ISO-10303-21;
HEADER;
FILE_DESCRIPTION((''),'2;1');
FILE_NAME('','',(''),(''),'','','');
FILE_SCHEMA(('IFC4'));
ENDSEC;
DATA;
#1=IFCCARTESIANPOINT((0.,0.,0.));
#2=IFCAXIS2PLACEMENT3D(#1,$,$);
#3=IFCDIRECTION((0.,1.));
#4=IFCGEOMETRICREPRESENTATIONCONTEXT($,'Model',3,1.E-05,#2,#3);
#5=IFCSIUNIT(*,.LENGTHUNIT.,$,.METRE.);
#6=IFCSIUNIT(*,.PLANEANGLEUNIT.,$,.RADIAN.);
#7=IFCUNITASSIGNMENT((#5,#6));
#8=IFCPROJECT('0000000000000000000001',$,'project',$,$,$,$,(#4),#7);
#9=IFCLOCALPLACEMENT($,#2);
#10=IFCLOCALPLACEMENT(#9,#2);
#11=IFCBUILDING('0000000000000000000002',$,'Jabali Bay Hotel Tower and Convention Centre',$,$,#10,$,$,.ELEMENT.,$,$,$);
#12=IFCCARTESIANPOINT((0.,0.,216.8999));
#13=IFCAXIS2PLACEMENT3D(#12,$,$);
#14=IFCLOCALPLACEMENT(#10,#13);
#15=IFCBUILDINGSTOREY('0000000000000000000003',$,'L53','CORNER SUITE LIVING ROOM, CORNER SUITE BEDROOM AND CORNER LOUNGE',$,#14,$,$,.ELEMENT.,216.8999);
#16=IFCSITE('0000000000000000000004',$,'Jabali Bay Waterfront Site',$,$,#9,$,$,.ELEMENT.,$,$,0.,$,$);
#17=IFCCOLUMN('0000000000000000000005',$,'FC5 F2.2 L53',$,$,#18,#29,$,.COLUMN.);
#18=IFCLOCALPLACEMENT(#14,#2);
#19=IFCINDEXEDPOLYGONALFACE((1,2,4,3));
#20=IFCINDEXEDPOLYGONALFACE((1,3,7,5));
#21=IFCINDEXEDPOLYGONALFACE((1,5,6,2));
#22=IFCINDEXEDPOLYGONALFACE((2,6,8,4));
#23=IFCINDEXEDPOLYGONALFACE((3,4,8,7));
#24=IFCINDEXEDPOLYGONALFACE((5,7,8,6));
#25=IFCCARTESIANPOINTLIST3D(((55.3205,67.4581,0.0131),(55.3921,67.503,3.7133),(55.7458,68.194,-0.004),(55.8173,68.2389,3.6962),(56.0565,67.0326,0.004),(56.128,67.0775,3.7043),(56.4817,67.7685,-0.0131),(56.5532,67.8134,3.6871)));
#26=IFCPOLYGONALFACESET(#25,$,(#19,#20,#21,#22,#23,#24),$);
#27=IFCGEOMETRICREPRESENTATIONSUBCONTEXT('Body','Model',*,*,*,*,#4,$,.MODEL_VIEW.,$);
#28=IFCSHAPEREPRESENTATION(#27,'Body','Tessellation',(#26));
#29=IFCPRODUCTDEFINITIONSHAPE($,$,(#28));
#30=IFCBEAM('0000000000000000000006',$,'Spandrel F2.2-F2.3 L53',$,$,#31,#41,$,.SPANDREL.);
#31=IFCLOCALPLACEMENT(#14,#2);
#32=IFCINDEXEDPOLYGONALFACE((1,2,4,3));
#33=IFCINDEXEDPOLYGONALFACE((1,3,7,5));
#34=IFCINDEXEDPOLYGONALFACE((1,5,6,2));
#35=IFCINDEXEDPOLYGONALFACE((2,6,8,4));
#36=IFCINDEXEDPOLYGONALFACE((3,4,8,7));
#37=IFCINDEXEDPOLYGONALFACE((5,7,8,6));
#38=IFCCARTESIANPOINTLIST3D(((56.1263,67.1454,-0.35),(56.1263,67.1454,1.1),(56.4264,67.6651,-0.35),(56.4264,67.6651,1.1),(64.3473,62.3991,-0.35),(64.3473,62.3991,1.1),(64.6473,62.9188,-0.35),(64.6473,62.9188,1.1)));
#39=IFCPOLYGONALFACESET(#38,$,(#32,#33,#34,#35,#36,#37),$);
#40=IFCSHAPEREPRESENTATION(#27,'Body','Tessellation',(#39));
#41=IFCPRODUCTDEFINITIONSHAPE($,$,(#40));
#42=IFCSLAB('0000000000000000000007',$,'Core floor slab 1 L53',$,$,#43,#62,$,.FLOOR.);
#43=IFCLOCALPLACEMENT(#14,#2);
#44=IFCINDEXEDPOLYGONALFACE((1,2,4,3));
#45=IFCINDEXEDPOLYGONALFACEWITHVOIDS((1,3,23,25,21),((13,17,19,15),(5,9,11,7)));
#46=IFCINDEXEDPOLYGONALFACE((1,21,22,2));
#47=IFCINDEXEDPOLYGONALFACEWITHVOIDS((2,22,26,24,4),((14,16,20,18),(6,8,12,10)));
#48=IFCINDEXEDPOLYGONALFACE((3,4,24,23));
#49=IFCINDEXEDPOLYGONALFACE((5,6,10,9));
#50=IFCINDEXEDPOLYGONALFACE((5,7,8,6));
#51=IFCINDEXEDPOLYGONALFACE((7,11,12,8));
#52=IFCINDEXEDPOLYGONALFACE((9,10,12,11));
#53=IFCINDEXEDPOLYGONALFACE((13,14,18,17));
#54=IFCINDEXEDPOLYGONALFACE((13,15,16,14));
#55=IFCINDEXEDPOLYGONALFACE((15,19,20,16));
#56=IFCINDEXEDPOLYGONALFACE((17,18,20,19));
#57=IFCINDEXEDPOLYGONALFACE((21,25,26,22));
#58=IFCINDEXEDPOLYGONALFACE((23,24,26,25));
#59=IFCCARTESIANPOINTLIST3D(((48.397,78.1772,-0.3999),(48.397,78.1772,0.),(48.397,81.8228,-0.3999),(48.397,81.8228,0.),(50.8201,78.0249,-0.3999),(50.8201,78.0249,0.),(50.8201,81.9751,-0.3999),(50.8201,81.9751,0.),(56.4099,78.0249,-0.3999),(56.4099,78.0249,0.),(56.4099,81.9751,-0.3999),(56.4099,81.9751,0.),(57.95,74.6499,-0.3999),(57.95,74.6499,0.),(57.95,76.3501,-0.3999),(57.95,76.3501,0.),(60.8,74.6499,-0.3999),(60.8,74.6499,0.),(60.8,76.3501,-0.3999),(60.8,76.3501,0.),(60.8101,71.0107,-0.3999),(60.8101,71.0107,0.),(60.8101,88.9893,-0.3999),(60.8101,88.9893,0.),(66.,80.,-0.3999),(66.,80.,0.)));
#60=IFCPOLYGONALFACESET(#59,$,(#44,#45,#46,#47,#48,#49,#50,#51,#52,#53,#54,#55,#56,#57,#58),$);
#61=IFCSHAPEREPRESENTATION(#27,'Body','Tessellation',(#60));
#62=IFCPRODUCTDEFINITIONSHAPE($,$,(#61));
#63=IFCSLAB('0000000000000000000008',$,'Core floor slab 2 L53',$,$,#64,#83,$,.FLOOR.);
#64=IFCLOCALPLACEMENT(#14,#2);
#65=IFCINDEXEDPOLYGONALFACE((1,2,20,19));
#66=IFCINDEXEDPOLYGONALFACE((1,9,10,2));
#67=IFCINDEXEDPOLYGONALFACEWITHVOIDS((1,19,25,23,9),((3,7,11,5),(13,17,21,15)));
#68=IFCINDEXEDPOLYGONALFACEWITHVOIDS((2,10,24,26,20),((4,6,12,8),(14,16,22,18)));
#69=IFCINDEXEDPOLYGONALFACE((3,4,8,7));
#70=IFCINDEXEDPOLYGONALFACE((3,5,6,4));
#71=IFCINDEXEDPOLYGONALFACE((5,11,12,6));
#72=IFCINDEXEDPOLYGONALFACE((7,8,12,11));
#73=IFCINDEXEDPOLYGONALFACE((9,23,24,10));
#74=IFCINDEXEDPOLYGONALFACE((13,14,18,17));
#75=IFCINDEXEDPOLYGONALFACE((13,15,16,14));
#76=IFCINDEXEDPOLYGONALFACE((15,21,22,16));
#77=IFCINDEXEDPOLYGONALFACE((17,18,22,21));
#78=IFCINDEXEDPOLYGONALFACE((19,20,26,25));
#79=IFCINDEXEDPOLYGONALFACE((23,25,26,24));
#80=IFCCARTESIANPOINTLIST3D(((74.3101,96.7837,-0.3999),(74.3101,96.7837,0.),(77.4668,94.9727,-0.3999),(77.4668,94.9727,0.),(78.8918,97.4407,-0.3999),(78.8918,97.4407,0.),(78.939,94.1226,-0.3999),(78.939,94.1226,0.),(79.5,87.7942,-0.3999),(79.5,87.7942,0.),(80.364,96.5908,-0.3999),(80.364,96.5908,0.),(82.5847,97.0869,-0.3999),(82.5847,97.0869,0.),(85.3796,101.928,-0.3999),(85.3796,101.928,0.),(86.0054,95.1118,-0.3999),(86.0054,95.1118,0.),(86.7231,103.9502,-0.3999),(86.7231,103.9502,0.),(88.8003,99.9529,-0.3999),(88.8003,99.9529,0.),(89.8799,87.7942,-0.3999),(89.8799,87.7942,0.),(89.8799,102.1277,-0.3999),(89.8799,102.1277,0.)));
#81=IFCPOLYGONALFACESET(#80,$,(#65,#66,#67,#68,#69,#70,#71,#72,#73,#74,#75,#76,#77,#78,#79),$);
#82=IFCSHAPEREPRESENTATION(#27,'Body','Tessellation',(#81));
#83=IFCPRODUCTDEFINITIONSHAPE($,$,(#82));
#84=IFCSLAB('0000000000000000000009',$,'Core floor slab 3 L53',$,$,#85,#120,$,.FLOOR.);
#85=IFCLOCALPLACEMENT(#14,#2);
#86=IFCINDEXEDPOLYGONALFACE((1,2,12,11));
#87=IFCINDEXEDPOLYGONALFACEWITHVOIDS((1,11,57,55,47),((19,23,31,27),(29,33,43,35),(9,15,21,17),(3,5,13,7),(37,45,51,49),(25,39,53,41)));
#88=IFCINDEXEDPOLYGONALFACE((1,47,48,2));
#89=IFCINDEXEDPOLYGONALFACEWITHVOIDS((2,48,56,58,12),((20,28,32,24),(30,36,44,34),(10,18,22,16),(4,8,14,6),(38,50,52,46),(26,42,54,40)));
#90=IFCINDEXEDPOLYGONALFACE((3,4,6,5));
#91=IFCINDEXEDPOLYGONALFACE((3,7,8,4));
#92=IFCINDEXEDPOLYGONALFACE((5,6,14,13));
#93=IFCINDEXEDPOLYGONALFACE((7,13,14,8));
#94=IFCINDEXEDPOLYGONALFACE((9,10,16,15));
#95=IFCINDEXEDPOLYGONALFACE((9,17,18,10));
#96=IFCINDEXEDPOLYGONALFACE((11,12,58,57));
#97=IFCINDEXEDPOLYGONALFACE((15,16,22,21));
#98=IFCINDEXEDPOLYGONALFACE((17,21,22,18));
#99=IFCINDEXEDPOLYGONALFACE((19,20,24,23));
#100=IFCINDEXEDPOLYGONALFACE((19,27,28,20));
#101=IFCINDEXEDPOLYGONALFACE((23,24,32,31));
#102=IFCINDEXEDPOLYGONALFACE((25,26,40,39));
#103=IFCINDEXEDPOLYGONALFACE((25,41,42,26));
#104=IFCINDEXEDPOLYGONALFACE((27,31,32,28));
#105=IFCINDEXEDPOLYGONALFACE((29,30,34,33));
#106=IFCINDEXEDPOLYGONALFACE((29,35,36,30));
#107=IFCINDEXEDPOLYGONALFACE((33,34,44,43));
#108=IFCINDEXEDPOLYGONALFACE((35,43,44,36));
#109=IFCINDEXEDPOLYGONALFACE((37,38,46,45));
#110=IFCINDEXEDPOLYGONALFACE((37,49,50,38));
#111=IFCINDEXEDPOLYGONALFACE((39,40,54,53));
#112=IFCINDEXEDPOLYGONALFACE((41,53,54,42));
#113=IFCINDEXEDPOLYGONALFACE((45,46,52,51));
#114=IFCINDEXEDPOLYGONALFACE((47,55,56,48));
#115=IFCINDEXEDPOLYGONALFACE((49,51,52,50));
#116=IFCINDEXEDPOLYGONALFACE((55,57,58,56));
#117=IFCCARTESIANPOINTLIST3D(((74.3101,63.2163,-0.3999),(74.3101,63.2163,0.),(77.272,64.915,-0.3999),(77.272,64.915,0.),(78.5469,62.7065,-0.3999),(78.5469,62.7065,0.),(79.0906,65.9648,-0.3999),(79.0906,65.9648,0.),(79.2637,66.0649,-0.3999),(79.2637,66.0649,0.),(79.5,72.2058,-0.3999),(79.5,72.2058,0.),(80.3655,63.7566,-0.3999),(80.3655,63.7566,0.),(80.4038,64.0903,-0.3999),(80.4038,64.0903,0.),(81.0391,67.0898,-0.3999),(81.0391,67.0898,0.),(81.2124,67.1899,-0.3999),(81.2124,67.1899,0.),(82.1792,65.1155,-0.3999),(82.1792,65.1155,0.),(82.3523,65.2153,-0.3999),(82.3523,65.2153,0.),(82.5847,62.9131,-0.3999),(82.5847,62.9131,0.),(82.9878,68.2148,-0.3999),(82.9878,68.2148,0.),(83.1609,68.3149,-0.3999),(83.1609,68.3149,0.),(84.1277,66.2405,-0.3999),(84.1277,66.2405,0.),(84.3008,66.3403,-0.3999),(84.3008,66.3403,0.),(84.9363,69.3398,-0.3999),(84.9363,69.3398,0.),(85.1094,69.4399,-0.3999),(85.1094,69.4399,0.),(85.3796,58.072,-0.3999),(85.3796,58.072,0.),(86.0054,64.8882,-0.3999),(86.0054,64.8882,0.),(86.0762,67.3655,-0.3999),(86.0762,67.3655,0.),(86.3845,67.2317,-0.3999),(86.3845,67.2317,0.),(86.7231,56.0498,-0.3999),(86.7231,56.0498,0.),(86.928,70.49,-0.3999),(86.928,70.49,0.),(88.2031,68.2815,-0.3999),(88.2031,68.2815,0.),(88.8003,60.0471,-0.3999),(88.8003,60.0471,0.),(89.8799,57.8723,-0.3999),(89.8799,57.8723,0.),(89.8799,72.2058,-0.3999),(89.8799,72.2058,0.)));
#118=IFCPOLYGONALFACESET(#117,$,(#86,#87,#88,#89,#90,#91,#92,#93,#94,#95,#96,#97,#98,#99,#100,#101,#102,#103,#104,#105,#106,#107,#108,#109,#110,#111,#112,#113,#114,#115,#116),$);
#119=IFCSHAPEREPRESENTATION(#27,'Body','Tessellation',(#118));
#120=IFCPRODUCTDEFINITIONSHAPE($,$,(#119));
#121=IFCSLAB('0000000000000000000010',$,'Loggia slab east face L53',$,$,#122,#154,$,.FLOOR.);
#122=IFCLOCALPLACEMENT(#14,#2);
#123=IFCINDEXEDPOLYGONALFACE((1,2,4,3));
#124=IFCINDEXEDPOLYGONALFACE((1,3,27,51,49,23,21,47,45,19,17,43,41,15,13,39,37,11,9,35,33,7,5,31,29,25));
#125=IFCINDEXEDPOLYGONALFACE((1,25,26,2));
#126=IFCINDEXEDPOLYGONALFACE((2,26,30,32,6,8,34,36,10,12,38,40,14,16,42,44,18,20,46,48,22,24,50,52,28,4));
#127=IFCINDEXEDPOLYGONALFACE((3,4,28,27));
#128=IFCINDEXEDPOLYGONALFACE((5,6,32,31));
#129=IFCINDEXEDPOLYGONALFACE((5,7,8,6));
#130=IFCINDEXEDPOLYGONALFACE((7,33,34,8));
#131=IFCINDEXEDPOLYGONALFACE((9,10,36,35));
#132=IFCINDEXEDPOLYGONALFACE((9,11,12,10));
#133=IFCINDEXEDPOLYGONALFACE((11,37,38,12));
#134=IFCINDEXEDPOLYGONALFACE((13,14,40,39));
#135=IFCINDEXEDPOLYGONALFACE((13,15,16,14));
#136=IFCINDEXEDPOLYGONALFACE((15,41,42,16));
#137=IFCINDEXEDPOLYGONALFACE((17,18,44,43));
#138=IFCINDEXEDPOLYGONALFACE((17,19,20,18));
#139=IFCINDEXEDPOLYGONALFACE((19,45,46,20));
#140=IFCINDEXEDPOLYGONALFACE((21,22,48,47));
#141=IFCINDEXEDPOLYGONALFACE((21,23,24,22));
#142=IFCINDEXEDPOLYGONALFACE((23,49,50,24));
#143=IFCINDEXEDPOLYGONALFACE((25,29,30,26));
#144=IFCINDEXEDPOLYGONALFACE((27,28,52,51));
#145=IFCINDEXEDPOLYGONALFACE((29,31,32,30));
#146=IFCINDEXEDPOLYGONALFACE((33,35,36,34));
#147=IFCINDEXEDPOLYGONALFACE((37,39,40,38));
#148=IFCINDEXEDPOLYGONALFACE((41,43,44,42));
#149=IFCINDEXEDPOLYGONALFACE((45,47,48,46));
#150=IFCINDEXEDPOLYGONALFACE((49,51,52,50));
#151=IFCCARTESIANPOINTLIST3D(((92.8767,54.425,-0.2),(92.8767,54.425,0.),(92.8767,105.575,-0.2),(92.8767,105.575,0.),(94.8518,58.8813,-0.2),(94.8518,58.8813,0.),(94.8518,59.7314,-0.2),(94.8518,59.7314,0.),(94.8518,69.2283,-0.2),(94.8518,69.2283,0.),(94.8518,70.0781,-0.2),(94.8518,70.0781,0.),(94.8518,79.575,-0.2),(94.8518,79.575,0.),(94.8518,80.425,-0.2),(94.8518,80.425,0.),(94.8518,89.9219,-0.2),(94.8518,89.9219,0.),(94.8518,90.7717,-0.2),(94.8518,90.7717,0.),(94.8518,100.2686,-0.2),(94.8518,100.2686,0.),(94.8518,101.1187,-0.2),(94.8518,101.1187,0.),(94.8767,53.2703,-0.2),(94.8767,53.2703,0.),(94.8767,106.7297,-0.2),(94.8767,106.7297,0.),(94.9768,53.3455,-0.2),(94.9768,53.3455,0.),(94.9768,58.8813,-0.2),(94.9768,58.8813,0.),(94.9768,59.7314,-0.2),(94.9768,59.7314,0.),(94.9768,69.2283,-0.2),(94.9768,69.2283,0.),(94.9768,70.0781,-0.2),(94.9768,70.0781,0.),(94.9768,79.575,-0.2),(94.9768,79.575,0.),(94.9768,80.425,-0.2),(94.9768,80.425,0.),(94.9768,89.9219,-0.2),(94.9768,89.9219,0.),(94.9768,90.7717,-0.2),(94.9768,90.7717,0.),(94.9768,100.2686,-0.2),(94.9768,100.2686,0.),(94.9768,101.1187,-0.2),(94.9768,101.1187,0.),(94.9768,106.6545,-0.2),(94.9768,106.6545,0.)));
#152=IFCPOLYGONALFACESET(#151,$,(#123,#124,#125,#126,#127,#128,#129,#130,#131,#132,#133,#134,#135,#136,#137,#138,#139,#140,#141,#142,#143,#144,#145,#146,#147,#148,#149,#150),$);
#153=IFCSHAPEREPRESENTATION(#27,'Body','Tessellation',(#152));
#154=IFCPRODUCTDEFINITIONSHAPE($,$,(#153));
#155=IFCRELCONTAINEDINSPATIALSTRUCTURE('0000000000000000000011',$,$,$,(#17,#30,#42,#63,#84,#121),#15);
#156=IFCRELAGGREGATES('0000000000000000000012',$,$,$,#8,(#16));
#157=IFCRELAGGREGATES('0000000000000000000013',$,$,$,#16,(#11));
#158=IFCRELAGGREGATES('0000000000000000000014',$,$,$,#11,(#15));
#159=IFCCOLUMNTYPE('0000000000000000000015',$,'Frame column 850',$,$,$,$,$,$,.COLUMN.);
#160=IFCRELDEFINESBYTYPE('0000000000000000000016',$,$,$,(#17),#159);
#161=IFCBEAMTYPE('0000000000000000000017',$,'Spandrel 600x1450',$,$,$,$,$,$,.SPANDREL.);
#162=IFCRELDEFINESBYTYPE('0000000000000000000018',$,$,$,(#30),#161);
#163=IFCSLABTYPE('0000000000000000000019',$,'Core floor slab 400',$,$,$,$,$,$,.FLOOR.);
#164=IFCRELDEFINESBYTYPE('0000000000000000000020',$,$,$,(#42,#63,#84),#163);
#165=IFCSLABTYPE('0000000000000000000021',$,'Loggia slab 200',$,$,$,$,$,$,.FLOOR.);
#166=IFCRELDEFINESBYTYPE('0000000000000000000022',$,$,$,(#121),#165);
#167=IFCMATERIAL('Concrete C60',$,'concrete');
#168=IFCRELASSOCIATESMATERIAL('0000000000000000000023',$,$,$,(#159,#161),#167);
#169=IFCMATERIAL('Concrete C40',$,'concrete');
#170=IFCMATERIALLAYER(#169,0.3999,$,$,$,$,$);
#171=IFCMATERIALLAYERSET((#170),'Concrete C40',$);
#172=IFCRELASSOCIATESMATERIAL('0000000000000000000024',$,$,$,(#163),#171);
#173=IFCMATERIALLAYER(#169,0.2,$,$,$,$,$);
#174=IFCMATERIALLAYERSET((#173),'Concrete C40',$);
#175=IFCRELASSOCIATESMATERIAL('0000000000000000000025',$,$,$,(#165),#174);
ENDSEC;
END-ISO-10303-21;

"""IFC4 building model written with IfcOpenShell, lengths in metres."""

from ifc_helpers import new_model, si_unit, direction, frame, origin, origin_2d, place, context, subcontext, project, spatial, polyline, rectangle, outline, extrude, material, layer, layer_set, material_profile, profile_set, type_object, element, save


model = new_model("IFC4")

# Units and contexts
model_context = context("Model", 3, precision=1e-05, world=origin(), true_north=direction((0.0, 1.0)))
body_context = subcontext(model_context, "Body", "Model", "MODEL_VIEW")
ifc_project = project(units=[si_unit("LENGTHUNIT", "METRE"), si_unit("PLANEANGLEUNIT", "RADIAN")], contexts=[model_context])

# Site, building, storey
site_placement = place(None, origin())
site = spatial("IfcSite", under=ifc_project, at=site_placement, Name="Jabali Bay Waterfront Site", CompositionType="ELEMENT", RefElevation=0.0)
building_placement = place(site_placement, origin())
building = spatial("IfcBuilding", under=site, at=building_placement, Name="Jabali Bay Hotel Tower and Convention Centre", CompositionType="ELEMENT")
storey_placement = place(building_placement, frame((0.0, 0.0, 216.8999)))
storey = spatial("IfcBuildingStorey", under=building, at=storey_placement, Name="L53", Description="CORNER SUITE LIVING ROOM, CORNER SUITE BEDROOM AND CORNER LOUNGE", CompositionType="ELEMENT", Elevation=216.8999)

# Column
ifc_material_1 = material(Name="Concrete C60", Category="concrete")
ifc_material_profile_1 = material_profile(ifc_material_1, rectangle(XDim=0.8501, YDim=0.8501, at=origin_2d()), Name="Frame column 850")
ifc_profile_set_1 = profile_set([ifc_material_profile_1], Name="Concrete C60")
column_type = type_object("IfcColumnType", Name="Frame column 850", PredefinedType="COLUMN", material=ifc_profile_set_1)
column_placement = place(storey_placement, frame((55.9011, 67.6133, 0.0), z_axis=(0.019327, 0.012137, 0.99974), x_axis=(-0.865686, 0.500474, 0.01066)))
element("IfcColumn", 1, at=column_placement, inside=storey, type_object=column_type, Name="FC5 F2.2 L53", PredefinedType="COLUMN", context=body_context, shape_type="SweptSolid", body=[
    extrude(rectangle(XDim=0.8501, YDim=0.8501, at=origin_2d()), origin(), (0.0, 0.0, 1.0), 3.7012),
])

# Beam
ifc_material_profile_2 = material_profile(ifc_material_1, rectangle(XDim=0.6001, YDim=1.45, at=origin_2d()), Name="Spandrel 600x1450")
ifc_profile_set_2 = profile_set([ifc_material_profile_2], Name="Concrete C60")
beam_type = type_object("IfcBeamType", Name="Spandrel 600x1450", PredefinedType="SPANDREL", material=ifc_profile_set_2)
beam_placement = place(storey_placement, frame((56.2764, 67.4053, 0.375), z_axis=(0.866027, -0.499998, 0.0), x_axis=(0.499998, 0.866027, 0.0)))
element("IfcBeam", 2, at=beam_placement, inside=storey, type_object=beam_type, Name="Spandrel F2.2-F2.3 L53", PredefinedType="SPANDREL", context=body_context, shape_type="SweptSolid", body=[
    extrude(rectangle(XDim=0.6001, YDim=1.45, at=origin_2d()), origin(), (0.0, 0.0, 1.0), 9.4927),
])

# Slabs
ifc_material_2 = material(Name="Concrete C40", Category="concrete")
ifc_layer_1 = layer(ifc_material_2, 0.3999)
ifc_layer_set_1 = layer_set([ifc_layer_1], Name="Concrete C40")
slab_type_1 = type_object("IfcSlabType", Name="Core floor slab 400", PredefinedType="FLOOR", material=ifc_layer_set_1)
slab_1_placement = place(storey_placement, frame((0.0, 0.0, -0.3999)))
element("IfcSlab", 3, at=slab_1_placement, inside=storey, type_object=slab_type_1, Name="Core floor slab 1 L53", PredefinedType="FLOOR", context=body_context, shape_type="SweptSolid", body=[
    extrude(outline(polyline([(66.0, 80.0), (60.8101, 88.9893), (48.397, 81.8228), (48.397, 78.1772), (60.8101, 71.0107), (66.0, 80.0)]), holes=[polyline([(60.8, 76.3501), (57.95, 76.3501), (57.95, 74.6499), (60.8, 74.6499), (60.8, 76.3501)]), polyline([(50.8201, 81.9751), (50.8201, 78.0249), (56.4099, 78.0249), (56.4099, 81.9751), (50.8201, 81.9751)])]), origin(), (0.0, 0.0, 1.0), 0.3999),
])
slab_2_placement = place(storey_placement, frame((0.0, 0.0, -0.3999)))
element("IfcSlab", 4, at=slab_2_placement, inside=storey, type_object=slab_type_1, Name="Core floor slab 2 L53", PredefinedType="FLOOR", context=body_context, shape_type="SweptSolid", body=[
    extrude(outline(polyline([(79.5, 87.7942), (89.8799, 87.7942), (89.8799, 102.1277), (86.7231, 103.9502), (74.3101, 96.7837), (79.5, 87.7942)]), holes=[polyline([(78.939, 94.1226), (80.364, 96.5908), (78.8918, 97.4407), (77.4668, 94.9727), (78.939, 94.1226)]), polyline([(88.8003, 99.9529), (85.3796, 101.928), (82.5847, 97.0869), (86.0054, 95.1118), (88.8003, 99.9529)])]), origin(), (0.0, 0.0, 1.0), 0.3999),
])
slab_3_placement = place(storey_placement, frame((0.0, 0.0, -0.3999)))
element("IfcSlab", 5, at=slab_3_placement, inside=storey, type_object=slab_type_1, Name="Core floor slab 3 L53", PredefinedType="FLOOR", context=body_context, shape_type="SweptSolid", body=[
    extrude(outline(polyline([(79.5, 72.2058), (74.3101, 63.2163), (86.7231, 56.0498), (89.8799, 57.8723), (89.8799, 72.2058), (79.5, 72.2058)]), holes=[polyline([(82.5847, 62.9131), (85.3796, 58.072), (88.8003, 60.0471), (86.0054, 64.8882), (82.5847, 62.9131)]), polyline([(80.3655, 63.7566), (79.0906, 65.9648), (77.272, 64.915), (78.5469, 62.7065), (80.3655, 63.7566)]), polyline([(82.1792, 65.1155), (81.0391, 67.0898), (79.2637, 66.0649), (80.4038, 64.0903), (82.1792, 65.1155)]), polyline([(82.9878, 68.2148), (81.2124, 67.1899), (82.3523, 65.2153), (84.1277, 66.2405), (82.9878, 68.2148)]), polyline([(86.0762, 67.3655), (84.9363, 69.3398), (83.1609, 68.3149), (84.3008, 66.3403), (86.0762, 67.3655)]), polyline([(88.2031, 68.2815), (86.928, 70.49), (85.1094, 69.4399), (86.3845, 67.2317), (88.2031, 68.2815)])]), origin(), (0.0, 0.0, 1.0), 0.3999),
])
ifc_layer_2 = layer(ifc_material_2, 0.2)
ifc_layer_set_2 = layer_set([ifc_layer_2], Name="Concrete C40")
slab_type_2 = type_object("IfcSlabType", Name="Loggia slab 200", PredefinedType="FLOOR", material=ifc_layer_set_2)
slab_4_placement = place(storey_placement, frame((0.0, 0.0, -0.2)))
element("IfcSlab", 6, at=slab_4_placement, inside=storey, type_object=slab_type_2, Name="Loggia slab east face L53", PredefinedType="FLOOR", context=body_context, shape_type="SweptSolid", body=[
    extrude(outline(polyline([(92.8767, 105.575), (94.8767, 106.7297), (94.9768, 106.6545), (94.9768, 101.1187), (94.8518, 101.1187), (94.8518, 100.2686), (94.9768, 100.2686), (94.9768, 90.7717), (94.8518, 90.7717), (94.8518, 89.9219), (94.9768, 89.9219), (94.9768, 80.425), (94.8518, 80.425), (94.8518, 79.575), (94.9768, 79.575), (94.9768, 70.0781), (94.8518, 70.0781), (94.8518, 69.2283), (94.9768, 69.2283), (94.9768, 59.7314), (94.8518, 59.7314), (94.8518, 58.8813), (94.9768, 58.8813), (94.9768, 53.3455), (94.8767, 53.2703), (92.8767, 54.425), (92.8767, 105.575)])), origin(), (0.0, 0.0, 1.0), 0.2),
])

save(model, "model.ifc")
